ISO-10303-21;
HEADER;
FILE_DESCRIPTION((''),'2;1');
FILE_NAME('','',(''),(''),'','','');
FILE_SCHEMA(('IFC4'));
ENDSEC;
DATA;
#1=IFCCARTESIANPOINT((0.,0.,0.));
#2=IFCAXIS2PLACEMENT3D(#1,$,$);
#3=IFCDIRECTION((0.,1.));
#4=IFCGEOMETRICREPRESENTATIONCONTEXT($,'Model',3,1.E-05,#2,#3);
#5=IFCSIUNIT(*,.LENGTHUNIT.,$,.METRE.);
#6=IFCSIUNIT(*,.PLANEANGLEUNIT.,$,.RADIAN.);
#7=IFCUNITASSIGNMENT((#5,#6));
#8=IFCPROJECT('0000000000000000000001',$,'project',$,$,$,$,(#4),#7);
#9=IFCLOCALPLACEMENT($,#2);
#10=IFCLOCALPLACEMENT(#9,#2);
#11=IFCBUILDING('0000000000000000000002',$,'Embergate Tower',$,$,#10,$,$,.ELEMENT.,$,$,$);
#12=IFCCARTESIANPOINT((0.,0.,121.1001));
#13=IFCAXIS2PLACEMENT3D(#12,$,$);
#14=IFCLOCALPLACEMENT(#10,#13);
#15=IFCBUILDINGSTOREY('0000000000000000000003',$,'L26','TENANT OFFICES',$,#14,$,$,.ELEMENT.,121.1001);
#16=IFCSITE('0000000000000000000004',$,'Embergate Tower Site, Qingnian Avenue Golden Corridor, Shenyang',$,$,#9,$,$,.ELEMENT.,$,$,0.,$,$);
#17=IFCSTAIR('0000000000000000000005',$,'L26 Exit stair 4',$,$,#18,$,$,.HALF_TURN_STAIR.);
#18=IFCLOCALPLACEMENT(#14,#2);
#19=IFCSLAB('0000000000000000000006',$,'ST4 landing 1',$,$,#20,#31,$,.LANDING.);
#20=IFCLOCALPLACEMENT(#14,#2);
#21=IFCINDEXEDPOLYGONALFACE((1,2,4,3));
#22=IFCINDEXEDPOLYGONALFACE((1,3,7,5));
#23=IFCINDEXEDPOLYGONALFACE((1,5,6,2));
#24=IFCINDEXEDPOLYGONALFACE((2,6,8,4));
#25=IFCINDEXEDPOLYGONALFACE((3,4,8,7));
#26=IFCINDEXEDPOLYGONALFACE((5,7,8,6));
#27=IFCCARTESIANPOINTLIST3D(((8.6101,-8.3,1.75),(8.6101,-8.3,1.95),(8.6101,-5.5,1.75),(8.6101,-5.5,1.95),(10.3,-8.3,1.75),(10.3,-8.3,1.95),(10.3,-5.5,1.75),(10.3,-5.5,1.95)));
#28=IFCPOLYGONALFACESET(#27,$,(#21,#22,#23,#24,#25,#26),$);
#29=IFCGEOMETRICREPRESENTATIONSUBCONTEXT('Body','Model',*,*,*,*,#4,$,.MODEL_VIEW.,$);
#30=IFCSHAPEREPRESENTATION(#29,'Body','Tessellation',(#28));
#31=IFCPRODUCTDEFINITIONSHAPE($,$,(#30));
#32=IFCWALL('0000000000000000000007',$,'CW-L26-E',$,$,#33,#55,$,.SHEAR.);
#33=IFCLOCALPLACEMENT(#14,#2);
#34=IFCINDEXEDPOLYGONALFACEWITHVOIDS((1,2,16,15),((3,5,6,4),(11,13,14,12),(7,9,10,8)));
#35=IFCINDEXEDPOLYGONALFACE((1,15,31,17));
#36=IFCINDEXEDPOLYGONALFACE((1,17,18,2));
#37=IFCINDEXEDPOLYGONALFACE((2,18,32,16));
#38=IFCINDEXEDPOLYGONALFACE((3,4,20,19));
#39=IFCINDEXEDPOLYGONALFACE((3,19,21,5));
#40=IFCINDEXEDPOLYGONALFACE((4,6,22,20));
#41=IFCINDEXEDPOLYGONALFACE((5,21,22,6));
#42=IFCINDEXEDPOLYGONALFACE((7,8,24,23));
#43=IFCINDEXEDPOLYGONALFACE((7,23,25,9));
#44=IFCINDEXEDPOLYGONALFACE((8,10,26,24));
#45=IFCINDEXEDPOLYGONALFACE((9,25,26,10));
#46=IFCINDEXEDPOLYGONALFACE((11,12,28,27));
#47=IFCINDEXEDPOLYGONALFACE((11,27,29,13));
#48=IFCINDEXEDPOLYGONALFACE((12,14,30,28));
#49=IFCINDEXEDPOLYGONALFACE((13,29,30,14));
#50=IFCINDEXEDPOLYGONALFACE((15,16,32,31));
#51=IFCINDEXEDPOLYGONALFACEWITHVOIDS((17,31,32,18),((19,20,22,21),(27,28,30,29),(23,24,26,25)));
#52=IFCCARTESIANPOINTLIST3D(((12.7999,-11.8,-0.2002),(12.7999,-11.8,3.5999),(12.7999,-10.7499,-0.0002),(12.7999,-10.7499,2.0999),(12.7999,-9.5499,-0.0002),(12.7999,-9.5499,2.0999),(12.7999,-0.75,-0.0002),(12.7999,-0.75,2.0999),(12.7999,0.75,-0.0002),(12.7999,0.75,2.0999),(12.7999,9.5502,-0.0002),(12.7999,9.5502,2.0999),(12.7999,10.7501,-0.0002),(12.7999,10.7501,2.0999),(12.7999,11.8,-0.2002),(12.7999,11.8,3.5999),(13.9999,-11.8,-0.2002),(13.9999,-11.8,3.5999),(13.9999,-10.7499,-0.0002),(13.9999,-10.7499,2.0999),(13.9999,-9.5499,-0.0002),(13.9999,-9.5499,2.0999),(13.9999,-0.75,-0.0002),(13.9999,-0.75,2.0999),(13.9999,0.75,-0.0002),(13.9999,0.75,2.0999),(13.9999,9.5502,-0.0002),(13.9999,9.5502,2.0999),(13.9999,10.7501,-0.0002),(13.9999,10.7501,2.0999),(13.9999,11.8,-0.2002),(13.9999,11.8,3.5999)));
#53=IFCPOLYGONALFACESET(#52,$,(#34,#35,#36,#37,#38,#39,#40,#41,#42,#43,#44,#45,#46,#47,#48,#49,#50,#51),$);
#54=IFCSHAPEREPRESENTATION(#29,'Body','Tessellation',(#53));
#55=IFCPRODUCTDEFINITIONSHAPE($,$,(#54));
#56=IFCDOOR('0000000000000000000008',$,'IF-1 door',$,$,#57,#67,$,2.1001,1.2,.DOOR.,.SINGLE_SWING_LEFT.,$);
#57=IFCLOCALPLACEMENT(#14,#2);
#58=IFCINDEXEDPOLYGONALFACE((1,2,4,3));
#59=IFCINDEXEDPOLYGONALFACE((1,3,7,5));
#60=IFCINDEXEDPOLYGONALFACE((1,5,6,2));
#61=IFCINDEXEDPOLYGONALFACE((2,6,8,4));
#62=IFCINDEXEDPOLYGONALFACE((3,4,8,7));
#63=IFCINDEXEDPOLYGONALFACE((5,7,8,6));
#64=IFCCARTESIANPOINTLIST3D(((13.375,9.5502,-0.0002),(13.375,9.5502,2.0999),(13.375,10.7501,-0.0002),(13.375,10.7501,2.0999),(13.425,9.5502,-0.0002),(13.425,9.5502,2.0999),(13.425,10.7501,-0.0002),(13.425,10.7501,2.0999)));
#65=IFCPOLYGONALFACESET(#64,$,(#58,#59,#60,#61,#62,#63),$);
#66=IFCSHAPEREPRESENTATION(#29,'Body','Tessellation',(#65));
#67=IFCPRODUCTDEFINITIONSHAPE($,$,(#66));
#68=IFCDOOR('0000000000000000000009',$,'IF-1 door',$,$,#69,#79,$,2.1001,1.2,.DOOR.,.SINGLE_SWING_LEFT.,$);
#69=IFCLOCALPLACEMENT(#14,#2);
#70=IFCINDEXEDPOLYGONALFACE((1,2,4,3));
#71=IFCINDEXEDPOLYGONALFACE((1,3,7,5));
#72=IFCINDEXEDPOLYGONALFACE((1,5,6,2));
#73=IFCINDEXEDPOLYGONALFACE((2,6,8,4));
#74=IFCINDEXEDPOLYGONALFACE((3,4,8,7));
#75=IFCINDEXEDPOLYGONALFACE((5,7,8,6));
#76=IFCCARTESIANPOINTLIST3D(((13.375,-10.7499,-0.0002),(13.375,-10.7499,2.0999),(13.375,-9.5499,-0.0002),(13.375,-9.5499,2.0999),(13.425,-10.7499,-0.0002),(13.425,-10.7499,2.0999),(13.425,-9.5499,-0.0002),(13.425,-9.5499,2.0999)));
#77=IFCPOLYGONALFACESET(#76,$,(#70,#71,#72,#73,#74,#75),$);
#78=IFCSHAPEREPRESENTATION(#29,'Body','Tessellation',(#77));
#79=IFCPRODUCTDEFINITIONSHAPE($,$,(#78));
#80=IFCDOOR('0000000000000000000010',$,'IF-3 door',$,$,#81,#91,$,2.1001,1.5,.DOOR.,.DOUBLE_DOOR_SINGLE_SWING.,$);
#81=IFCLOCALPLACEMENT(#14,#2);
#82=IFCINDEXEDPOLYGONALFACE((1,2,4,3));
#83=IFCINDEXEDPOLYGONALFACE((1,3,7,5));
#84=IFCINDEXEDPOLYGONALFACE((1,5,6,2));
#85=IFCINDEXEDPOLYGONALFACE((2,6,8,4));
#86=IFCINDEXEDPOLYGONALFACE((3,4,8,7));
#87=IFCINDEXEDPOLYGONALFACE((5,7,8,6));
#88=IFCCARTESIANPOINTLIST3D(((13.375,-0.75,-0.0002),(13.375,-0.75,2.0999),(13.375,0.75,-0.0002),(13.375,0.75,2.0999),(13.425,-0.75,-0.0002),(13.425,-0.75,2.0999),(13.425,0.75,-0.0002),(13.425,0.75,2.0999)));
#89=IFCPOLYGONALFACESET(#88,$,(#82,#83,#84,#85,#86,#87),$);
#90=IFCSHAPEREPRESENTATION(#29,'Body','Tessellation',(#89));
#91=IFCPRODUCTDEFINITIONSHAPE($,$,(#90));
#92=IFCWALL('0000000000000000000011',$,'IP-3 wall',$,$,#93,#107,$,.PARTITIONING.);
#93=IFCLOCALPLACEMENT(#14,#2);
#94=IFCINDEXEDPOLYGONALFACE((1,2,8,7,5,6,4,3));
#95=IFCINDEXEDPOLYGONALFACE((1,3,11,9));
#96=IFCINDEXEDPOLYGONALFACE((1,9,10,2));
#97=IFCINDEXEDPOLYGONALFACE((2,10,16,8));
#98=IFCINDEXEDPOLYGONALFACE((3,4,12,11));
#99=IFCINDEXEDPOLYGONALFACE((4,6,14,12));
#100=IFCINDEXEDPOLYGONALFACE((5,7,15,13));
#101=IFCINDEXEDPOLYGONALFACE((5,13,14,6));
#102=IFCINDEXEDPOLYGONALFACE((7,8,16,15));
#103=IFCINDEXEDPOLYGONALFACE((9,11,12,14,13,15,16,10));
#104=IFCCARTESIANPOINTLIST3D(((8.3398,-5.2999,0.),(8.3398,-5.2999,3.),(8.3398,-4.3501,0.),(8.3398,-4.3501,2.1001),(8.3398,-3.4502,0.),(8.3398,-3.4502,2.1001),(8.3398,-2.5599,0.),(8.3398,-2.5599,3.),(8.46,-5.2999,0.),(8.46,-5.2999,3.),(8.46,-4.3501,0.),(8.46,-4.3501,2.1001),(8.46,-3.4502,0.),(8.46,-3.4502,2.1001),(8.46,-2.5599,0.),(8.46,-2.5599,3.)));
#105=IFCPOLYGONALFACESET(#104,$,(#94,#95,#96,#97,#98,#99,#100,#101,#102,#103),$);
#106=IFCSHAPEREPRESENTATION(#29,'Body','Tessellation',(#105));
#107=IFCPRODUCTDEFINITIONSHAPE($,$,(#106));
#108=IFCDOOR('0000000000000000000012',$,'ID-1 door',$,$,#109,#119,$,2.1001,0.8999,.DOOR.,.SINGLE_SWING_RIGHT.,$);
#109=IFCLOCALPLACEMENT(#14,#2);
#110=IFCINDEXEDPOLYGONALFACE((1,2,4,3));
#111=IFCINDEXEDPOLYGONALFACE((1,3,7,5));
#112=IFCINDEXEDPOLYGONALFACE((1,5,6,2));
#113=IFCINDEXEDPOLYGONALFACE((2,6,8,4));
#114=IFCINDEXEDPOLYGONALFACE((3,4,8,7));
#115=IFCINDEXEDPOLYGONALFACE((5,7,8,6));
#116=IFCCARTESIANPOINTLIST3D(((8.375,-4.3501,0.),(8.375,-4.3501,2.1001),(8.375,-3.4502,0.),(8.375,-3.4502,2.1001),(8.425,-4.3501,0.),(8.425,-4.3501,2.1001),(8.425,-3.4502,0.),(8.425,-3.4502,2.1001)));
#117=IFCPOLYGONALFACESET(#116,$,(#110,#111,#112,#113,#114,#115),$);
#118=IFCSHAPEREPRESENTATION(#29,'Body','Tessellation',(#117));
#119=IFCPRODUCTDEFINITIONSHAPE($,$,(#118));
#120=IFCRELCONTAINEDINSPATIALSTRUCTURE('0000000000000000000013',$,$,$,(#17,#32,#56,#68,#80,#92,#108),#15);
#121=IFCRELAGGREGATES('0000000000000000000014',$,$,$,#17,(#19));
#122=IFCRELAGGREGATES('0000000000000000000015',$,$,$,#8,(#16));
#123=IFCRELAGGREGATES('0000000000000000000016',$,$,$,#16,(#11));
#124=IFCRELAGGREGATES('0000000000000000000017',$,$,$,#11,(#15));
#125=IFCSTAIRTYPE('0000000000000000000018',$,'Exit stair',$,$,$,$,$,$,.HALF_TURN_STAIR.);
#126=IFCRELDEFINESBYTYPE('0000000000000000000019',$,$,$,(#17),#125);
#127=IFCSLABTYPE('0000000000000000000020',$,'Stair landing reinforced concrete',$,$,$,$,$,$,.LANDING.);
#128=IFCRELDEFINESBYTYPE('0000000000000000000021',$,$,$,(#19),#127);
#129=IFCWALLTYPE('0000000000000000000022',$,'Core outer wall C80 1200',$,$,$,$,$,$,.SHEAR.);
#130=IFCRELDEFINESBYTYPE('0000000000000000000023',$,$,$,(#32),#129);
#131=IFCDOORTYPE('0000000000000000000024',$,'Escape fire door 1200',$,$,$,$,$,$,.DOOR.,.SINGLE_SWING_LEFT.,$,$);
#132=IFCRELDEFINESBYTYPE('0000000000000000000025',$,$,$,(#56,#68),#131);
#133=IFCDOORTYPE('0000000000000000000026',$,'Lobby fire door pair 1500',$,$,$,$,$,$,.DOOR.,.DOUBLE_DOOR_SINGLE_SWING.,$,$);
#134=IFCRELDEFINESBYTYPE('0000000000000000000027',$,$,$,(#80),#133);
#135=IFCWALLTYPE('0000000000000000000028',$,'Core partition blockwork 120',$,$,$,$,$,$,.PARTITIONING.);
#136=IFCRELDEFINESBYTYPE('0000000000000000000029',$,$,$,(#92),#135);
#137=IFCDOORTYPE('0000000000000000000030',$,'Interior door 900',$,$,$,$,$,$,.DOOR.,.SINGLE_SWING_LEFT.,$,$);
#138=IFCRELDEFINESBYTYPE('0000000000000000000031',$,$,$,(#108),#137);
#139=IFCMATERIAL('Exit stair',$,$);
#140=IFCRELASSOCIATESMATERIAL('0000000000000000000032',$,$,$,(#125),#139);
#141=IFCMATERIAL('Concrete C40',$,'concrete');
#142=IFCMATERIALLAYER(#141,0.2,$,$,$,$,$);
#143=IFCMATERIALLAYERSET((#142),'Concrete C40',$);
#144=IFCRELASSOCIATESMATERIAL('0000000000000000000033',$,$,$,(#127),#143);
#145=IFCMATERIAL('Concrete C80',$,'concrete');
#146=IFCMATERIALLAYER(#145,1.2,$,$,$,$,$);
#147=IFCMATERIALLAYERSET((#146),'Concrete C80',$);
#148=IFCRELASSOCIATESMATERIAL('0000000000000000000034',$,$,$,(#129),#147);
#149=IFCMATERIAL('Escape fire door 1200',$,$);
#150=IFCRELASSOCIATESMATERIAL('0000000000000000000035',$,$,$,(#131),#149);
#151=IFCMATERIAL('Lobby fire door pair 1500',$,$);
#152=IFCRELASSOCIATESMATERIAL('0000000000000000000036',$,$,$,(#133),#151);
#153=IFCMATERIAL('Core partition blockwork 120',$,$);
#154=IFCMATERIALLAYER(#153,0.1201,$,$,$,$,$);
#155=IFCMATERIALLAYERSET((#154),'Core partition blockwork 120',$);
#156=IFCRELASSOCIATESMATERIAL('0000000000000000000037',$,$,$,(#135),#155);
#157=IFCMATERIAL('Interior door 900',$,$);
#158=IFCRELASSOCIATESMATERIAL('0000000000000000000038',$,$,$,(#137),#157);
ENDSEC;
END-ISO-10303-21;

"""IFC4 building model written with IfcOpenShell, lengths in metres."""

from ifc_helpers import new_model, si_unit, direction, frame, frame_2d, origin, place, context, subcontext, project, spatial, polyline, rectangle, outline, extrude, source, transform, mapped, material, layer, layer_set, type_object, element, fill, aggregate, save


model = new_model("IFC4")

# Units and contexts
model_context = context("Model", 3, precision=1e-05, world=origin(), true_north=direction((0.0, 1.0)))
body_context = subcontext(model_context, "Body", "Model", "MODEL_VIEW")
ifc_project = project(units=[si_unit("LENGTHUNIT", "METRE"), si_unit("PLANEANGLEUNIT", "RADIAN")], contexts=[model_context])

# Site, building, storey
site_placement = place(None, origin())
site = spatial("IfcSite", under=ifc_project, at=site_placement, Name="Embergate Tower Site, Qingnian Avenue Golden Corridor, Shenyang", CompositionType="ELEMENT", RefElevation=0.0)
building_placement = place(site_placement, origin())
building = spatial("IfcBuilding", under=site, at=building_placement, Name="Embergate Tower", CompositionType="ELEMENT")
storey_placement = place(building_placement, frame((0.0, 0.0, 121.1001)))
storey = spatial("IfcBuildingStorey", under=building, at=storey_placement, Name="L26", Description="TENANT OFFICES", CompositionType="ELEMENT", Elevation=121.1001)

# Stair, slab
ifc_material_1 = material(Name="Exit stair")
stair_type = type_object("IfcStairType", Name="Exit stair", PredefinedType="HALF_TURN_STAIR", material=ifc_material_1)
stair_placement = place(storey_placement, origin())
stair = element("IfcStair", 1, at=stair_placement, inside=storey, type_object=stair_type, Name="L26 Exit stair 4", PredefinedType="HALF_TURN_STAIR")
ifc_material_2 = material(Name="Concrete C40", Category="concrete")
ifc_layer_1 = layer(ifc_material_2, 0.2)
ifc_layer_set_1 = layer_set([ifc_layer_1], Name="Concrete C40")
slab_type = type_object("IfcSlabType", Name="Stair landing reinforced concrete", PredefinedType="LANDING", material=ifc_layer_set_1)
shared_shape_1 = source(origin(), body_context, "Body", "SweptSolid", [
    extrude(outline(polyline([(0.0, 0.0), (1.6899, 0.0), (1.6899, 2.8), (0.0, 2.8), (0.0, 0.0)])), origin(), (0.0, 0.0, 1.0), 0.2),
])
slab_placement = place(storey_placement, frame((8.6101, -8.3, 1.75)))
slab = element("IfcSlab", 2, at=slab_placement, type_object=slab_type, Name="ST4 landing 1", PredefinedType="LANDING", context=body_context, shape_type="MappedRepresentation", body=[
    mapped(shared_shape_1, transform((0.0, 0.0, 0.0))),
])

# Wall, openings, doors
ifc_material_3 = material(Name="Concrete C80", Category="concrete")
ifc_layer_2 = layer(ifc_material_3, 1.2)
ifc_layer_set_2 = layer_set([ifc_layer_2], Name="Concrete C80")
wall_type_1 = type_object("IfcWallType", Name="Core outer wall C80 1200", PredefinedType="SHEAR", material=ifc_layer_set_2)
shared_shape_2 = source(origin(), body_context, "Body", "SweptSolid", [
    extrude(rectangle(XDim=23.6001, YDim=1.2, at=frame_2d((11.8, 0.0))), origin(), (0.0, 0.0, 1.0), 3.8),
])
wall_1_placement = place(storey_placement, frame((13.3999, -11.8, -0.2002), z_axis=(0.0, 0.0, 1.0), x_axis=(0.0, 1.0, 0.0)))
wall_1 = element("IfcWall", 3, at=wall_1_placement, inside=storey, type_object=wall_type_1, Name="CW-L26-E", PredefinedType="SHEAR", context=body_context, shape_type="MappedRepresentation", body=[
    mapped(shared_shape_2, transform((0.0, 0.0, 0.0))),
])
shared_shape_3 = source(origin(), body_context, "Body", "SweptSolid", [
    extrude(rectangle(XDim=1.2, YDim=2.1001, at=frame_2d((0.6001, 1.05))), frame((0.0, 0.6099, 0.0), z_axis=(0.0, -1.0, 0.0), x_axis=(1.0, 0.0, 0.0)), (0.0, 0.0, 1.0), 1.22),
])
opening_1_placement = place(wall_1_placement, frame((21.3501, 0.0, 0.2)))
opening_1 = element("IfcOpeningElement", 4, at=opening_1_placement, cuts=wall_1, PredefinedType="OPENING", context=body_context, shape_type="MappedRepresentation", body=[
    mapped(shared_shape_3, transform((0.0, 0.0, 0.0))),
])
opening_2_placement = place(wall_1_placement, frame((1.05, 0.0, 0.2)))
opening_2 = element("IfcOpeningElement", 5, at=opening_2_placement, cuts=wall_1, PredefinedType="OPENING", context=body_context, shape_type="MappedRepresentation", body=[
    mapped(shared_shape_3, transform((0.0, 0.0, 0.0))),
])
shared_shape_4 = source(origin(), body_context, "Body", "SweptSolid", [
    extrude(rectangle(XDim=1.5, YDim=2.1001, at=frame_2d((0.75, 1.05))), frame((0.0, 0.6099, 0.0), z_axis=(0.0, -1.0, 0.0), x_axis=(1.0, 0.0, 0.0)), (0.0, 0.0, 1.0), 1.22),
])
opening_3_placement = place(wall_1_placement, frame((11.05, 0.0, 0.2)))
opening_3 = element("IfcOpeningElement", 6, at=opening_3_placement, cuts=wall_1, PredefinedType="OPENING", context=body_context, shape_type="MappedRepresentation", body=[
    mapped(shared_shape_4, transform((0.0, 0.0, 0.0))),
])
ifc_material_4 = material(Name="Escape fire door 1200")
door_type_1 = type_object("IfcDoorType", Name="Escape fire door 1200", OperationType="SINGLE_SWING_LEFT", PredefinedType="DOOR", material=ifc_material_4)
shared_shape_5 = source(origin(), body_context, "Body", "SweptSolid", [
    extrude(rectangle(XDim=1.2, YDim=2.1001, at=frame_2d((0.6001, 1.05))), frame((0.0, 0.0249, 0.0), z_axis=(0.0, -1.0, 0.0), x_axis=(1.0, 0.0, 0.0)), (0.0, 0.0, 1.0), 0.05),
])
door_1_placement = place(opening_1_placement, origin())
door_1 = element("IfcDoor", 7, at=door_1_placement, inside=storey, type_object=door_type_1, Name="IF-1 door", OperationType="SINGLE_SWING_LEFT", OverallHeight=2.1001, OverallWidth=1.2, PredefinedType="DOOR", context=body_context, shape_type="MappedRepresentation", body=[
    mapped(shared_shape_5, transform((0.0, 0.0, 0.0))),
])
fill(opening_1, door_1)
door_2_placement = place(opening_2_placement, origin())
door_2 = element("IfcDoor", 8, at=door_2_placement, inside=storey, type_object=door_type_1, Name="IF-1 door", OperationType="SINGLE_SWING_LEFT", OverallHeight=2.1001, OverallWidth=1.2, PredefinedType="DOOR", context=body_context, shape_type="MappedRepresentation", body=[
    mapped(shared_shape_5, transform((0.0, 0.0, 0.0))),
])
fill(opening_2, door_2)
ifc_material_5 = material(Name="Lobby fire door pair 1500")
door_type_2 = type_object("IfcDoorType", Name="Lobby fire door pair 1500", OperationType="DOUBLE_DOOR_SINGLE_SWING", PredefinedType="DOOR", material=ifc_material_5)
shared_shape_6 = source(origin(), body_context, "Body", "SweptSolid", [
    extrude(rectangle(XDim=1.5, YDim=2.1001, at=frame_2d((0.75, 1.05))), frame((0.0, 0.0249, 0.0), z_axis=(0.0, -1.0, 0.0), x_axis=(1.0, 0.0, 0.0)), (0.0, 0.0, 1.0), 0.05),
])
door_3_placement = place(opening_3_placement, origin())
door_3 = element("IfcDoor", 9, at=door_3_placement, inside=storey, type_object=door_type_2, Name="IF-3 door", OperationType="DOUBLE_DOOR_SINGLE_SWING", OverallHeight=2.1001, OverallWidth=1.5, PredefinedType="DOOR", context=body_context, shape_type="MappedRepresentation", body=[
    mapped(shared_shape_6, transform((0.0, 0.0, 0.0))),
])
fill(opening_3, door_3)

# Wall, opening, door
ifc_material_6 = material(Name="Core partition blockwork 120")
ifc_layer_3 = layer(ifc_material_6, 0.1201)
ifc_layer_set_3 = layer_set([ifc_layer_3], Name="Core partition blockwork 120")
wall_type_2 = type_object("IfcWallType", Name="Core partition blockwork 120", PredefinedType="PARTITIONING", material=ifc_layer_set_3)
shared_shape_7 = source(origin(), body_context, "Body", "SweptSolid", [
    extrude(rectangle(XDim=2.74, YDim=0.1201, at=frame_2d((1.3701, 0.0))), origin(), (0.0, 0.0, 1.0), 3.0),
])
wall_2_placement = place(storey_placement, frame((8.3999, -5.3, 0.0), z_axis=(0.0, 0.0, 1.0), x_axis=(0.0, 1.0, 0.0)))
wall_2 = element("IfcWall", 10, at=wall_2_placement, inside=storey, type_object=wall_type_2, Name="IP-3 wall", PredefinedType="PARTITIONING", context=body_context, shape_type="MappedRepresentation", body=[
    mapped(shared_shape_7, transform((0.0, 0.0, 0.0))),
])
shared_shape_8 = source(origin(), body_context, "Body", "SweptSolid", [
    extrude(rectangle(XDim=0.8999, YDim=2.1001, at=frame_2d((0.45, 1.05))), frame((0.0, 0.0701, 0.0), z_axis=(0.0, -1.0, 0.0), x_axis=(1.0, 0.0, 0.0)), (0.0, 0.0, 1.0), 0.1401),
])
opening_4_placement = place(wall_2_placement, frame((0.95, 0.0, 0.0)))
opening_4 = element("IfcOpeningElement", 11, at=opening_4_placement, cuts=wall_2, PredefinedType="OPENING", context=body_context, shape_type="MappedRepresentation", body=[
    mapped(shared_shape_8, transform((0.0, 0.0, 0.0))),
])
ifc_material_7 = material(Name="Interior door 900")
door_type_3 = type_object("IfcDoorType", Name="Interior door 900", OperationType="SINGLE_SWING_LEFT", PredefinedType="DOOR", material=ifc_material_7)
shared_shape_9 = source(origin(), body_context, "Body", "SweptSolid", [
    extrude(rectangle(XDim=0.8999, YDim=2.1001, at=frame_2d((0.45, 1.05))), frame((0.0, 0.0249, 0.0), z_axis=(0.0, -1.0, 0.0), x_axis=(1.0, 0.0, 0.0)), (0.0, 0.0, 1.0), 0.05),
])
door_4_placement = place(opening_4_placement, origin())
door_4 = element("IfcDoor", 12, at=door_4_placement, inside=storey, type_object=door_type_3, Name="ID-1 door", OperationType="SINGLE_SWING_RIGHT", OverallHeight=2.1001, OverallWidth=0.8999, PredefinedType="DOOR", context=body_context, shape_type="MappedRepresentation", body=[
    mapped(shared_shape_9, transform((0.0, 0.0, 0.0))),
])
fill(opening_4, door_4)

aggregate(stair, [slab])

save(model, "model.ifc")
